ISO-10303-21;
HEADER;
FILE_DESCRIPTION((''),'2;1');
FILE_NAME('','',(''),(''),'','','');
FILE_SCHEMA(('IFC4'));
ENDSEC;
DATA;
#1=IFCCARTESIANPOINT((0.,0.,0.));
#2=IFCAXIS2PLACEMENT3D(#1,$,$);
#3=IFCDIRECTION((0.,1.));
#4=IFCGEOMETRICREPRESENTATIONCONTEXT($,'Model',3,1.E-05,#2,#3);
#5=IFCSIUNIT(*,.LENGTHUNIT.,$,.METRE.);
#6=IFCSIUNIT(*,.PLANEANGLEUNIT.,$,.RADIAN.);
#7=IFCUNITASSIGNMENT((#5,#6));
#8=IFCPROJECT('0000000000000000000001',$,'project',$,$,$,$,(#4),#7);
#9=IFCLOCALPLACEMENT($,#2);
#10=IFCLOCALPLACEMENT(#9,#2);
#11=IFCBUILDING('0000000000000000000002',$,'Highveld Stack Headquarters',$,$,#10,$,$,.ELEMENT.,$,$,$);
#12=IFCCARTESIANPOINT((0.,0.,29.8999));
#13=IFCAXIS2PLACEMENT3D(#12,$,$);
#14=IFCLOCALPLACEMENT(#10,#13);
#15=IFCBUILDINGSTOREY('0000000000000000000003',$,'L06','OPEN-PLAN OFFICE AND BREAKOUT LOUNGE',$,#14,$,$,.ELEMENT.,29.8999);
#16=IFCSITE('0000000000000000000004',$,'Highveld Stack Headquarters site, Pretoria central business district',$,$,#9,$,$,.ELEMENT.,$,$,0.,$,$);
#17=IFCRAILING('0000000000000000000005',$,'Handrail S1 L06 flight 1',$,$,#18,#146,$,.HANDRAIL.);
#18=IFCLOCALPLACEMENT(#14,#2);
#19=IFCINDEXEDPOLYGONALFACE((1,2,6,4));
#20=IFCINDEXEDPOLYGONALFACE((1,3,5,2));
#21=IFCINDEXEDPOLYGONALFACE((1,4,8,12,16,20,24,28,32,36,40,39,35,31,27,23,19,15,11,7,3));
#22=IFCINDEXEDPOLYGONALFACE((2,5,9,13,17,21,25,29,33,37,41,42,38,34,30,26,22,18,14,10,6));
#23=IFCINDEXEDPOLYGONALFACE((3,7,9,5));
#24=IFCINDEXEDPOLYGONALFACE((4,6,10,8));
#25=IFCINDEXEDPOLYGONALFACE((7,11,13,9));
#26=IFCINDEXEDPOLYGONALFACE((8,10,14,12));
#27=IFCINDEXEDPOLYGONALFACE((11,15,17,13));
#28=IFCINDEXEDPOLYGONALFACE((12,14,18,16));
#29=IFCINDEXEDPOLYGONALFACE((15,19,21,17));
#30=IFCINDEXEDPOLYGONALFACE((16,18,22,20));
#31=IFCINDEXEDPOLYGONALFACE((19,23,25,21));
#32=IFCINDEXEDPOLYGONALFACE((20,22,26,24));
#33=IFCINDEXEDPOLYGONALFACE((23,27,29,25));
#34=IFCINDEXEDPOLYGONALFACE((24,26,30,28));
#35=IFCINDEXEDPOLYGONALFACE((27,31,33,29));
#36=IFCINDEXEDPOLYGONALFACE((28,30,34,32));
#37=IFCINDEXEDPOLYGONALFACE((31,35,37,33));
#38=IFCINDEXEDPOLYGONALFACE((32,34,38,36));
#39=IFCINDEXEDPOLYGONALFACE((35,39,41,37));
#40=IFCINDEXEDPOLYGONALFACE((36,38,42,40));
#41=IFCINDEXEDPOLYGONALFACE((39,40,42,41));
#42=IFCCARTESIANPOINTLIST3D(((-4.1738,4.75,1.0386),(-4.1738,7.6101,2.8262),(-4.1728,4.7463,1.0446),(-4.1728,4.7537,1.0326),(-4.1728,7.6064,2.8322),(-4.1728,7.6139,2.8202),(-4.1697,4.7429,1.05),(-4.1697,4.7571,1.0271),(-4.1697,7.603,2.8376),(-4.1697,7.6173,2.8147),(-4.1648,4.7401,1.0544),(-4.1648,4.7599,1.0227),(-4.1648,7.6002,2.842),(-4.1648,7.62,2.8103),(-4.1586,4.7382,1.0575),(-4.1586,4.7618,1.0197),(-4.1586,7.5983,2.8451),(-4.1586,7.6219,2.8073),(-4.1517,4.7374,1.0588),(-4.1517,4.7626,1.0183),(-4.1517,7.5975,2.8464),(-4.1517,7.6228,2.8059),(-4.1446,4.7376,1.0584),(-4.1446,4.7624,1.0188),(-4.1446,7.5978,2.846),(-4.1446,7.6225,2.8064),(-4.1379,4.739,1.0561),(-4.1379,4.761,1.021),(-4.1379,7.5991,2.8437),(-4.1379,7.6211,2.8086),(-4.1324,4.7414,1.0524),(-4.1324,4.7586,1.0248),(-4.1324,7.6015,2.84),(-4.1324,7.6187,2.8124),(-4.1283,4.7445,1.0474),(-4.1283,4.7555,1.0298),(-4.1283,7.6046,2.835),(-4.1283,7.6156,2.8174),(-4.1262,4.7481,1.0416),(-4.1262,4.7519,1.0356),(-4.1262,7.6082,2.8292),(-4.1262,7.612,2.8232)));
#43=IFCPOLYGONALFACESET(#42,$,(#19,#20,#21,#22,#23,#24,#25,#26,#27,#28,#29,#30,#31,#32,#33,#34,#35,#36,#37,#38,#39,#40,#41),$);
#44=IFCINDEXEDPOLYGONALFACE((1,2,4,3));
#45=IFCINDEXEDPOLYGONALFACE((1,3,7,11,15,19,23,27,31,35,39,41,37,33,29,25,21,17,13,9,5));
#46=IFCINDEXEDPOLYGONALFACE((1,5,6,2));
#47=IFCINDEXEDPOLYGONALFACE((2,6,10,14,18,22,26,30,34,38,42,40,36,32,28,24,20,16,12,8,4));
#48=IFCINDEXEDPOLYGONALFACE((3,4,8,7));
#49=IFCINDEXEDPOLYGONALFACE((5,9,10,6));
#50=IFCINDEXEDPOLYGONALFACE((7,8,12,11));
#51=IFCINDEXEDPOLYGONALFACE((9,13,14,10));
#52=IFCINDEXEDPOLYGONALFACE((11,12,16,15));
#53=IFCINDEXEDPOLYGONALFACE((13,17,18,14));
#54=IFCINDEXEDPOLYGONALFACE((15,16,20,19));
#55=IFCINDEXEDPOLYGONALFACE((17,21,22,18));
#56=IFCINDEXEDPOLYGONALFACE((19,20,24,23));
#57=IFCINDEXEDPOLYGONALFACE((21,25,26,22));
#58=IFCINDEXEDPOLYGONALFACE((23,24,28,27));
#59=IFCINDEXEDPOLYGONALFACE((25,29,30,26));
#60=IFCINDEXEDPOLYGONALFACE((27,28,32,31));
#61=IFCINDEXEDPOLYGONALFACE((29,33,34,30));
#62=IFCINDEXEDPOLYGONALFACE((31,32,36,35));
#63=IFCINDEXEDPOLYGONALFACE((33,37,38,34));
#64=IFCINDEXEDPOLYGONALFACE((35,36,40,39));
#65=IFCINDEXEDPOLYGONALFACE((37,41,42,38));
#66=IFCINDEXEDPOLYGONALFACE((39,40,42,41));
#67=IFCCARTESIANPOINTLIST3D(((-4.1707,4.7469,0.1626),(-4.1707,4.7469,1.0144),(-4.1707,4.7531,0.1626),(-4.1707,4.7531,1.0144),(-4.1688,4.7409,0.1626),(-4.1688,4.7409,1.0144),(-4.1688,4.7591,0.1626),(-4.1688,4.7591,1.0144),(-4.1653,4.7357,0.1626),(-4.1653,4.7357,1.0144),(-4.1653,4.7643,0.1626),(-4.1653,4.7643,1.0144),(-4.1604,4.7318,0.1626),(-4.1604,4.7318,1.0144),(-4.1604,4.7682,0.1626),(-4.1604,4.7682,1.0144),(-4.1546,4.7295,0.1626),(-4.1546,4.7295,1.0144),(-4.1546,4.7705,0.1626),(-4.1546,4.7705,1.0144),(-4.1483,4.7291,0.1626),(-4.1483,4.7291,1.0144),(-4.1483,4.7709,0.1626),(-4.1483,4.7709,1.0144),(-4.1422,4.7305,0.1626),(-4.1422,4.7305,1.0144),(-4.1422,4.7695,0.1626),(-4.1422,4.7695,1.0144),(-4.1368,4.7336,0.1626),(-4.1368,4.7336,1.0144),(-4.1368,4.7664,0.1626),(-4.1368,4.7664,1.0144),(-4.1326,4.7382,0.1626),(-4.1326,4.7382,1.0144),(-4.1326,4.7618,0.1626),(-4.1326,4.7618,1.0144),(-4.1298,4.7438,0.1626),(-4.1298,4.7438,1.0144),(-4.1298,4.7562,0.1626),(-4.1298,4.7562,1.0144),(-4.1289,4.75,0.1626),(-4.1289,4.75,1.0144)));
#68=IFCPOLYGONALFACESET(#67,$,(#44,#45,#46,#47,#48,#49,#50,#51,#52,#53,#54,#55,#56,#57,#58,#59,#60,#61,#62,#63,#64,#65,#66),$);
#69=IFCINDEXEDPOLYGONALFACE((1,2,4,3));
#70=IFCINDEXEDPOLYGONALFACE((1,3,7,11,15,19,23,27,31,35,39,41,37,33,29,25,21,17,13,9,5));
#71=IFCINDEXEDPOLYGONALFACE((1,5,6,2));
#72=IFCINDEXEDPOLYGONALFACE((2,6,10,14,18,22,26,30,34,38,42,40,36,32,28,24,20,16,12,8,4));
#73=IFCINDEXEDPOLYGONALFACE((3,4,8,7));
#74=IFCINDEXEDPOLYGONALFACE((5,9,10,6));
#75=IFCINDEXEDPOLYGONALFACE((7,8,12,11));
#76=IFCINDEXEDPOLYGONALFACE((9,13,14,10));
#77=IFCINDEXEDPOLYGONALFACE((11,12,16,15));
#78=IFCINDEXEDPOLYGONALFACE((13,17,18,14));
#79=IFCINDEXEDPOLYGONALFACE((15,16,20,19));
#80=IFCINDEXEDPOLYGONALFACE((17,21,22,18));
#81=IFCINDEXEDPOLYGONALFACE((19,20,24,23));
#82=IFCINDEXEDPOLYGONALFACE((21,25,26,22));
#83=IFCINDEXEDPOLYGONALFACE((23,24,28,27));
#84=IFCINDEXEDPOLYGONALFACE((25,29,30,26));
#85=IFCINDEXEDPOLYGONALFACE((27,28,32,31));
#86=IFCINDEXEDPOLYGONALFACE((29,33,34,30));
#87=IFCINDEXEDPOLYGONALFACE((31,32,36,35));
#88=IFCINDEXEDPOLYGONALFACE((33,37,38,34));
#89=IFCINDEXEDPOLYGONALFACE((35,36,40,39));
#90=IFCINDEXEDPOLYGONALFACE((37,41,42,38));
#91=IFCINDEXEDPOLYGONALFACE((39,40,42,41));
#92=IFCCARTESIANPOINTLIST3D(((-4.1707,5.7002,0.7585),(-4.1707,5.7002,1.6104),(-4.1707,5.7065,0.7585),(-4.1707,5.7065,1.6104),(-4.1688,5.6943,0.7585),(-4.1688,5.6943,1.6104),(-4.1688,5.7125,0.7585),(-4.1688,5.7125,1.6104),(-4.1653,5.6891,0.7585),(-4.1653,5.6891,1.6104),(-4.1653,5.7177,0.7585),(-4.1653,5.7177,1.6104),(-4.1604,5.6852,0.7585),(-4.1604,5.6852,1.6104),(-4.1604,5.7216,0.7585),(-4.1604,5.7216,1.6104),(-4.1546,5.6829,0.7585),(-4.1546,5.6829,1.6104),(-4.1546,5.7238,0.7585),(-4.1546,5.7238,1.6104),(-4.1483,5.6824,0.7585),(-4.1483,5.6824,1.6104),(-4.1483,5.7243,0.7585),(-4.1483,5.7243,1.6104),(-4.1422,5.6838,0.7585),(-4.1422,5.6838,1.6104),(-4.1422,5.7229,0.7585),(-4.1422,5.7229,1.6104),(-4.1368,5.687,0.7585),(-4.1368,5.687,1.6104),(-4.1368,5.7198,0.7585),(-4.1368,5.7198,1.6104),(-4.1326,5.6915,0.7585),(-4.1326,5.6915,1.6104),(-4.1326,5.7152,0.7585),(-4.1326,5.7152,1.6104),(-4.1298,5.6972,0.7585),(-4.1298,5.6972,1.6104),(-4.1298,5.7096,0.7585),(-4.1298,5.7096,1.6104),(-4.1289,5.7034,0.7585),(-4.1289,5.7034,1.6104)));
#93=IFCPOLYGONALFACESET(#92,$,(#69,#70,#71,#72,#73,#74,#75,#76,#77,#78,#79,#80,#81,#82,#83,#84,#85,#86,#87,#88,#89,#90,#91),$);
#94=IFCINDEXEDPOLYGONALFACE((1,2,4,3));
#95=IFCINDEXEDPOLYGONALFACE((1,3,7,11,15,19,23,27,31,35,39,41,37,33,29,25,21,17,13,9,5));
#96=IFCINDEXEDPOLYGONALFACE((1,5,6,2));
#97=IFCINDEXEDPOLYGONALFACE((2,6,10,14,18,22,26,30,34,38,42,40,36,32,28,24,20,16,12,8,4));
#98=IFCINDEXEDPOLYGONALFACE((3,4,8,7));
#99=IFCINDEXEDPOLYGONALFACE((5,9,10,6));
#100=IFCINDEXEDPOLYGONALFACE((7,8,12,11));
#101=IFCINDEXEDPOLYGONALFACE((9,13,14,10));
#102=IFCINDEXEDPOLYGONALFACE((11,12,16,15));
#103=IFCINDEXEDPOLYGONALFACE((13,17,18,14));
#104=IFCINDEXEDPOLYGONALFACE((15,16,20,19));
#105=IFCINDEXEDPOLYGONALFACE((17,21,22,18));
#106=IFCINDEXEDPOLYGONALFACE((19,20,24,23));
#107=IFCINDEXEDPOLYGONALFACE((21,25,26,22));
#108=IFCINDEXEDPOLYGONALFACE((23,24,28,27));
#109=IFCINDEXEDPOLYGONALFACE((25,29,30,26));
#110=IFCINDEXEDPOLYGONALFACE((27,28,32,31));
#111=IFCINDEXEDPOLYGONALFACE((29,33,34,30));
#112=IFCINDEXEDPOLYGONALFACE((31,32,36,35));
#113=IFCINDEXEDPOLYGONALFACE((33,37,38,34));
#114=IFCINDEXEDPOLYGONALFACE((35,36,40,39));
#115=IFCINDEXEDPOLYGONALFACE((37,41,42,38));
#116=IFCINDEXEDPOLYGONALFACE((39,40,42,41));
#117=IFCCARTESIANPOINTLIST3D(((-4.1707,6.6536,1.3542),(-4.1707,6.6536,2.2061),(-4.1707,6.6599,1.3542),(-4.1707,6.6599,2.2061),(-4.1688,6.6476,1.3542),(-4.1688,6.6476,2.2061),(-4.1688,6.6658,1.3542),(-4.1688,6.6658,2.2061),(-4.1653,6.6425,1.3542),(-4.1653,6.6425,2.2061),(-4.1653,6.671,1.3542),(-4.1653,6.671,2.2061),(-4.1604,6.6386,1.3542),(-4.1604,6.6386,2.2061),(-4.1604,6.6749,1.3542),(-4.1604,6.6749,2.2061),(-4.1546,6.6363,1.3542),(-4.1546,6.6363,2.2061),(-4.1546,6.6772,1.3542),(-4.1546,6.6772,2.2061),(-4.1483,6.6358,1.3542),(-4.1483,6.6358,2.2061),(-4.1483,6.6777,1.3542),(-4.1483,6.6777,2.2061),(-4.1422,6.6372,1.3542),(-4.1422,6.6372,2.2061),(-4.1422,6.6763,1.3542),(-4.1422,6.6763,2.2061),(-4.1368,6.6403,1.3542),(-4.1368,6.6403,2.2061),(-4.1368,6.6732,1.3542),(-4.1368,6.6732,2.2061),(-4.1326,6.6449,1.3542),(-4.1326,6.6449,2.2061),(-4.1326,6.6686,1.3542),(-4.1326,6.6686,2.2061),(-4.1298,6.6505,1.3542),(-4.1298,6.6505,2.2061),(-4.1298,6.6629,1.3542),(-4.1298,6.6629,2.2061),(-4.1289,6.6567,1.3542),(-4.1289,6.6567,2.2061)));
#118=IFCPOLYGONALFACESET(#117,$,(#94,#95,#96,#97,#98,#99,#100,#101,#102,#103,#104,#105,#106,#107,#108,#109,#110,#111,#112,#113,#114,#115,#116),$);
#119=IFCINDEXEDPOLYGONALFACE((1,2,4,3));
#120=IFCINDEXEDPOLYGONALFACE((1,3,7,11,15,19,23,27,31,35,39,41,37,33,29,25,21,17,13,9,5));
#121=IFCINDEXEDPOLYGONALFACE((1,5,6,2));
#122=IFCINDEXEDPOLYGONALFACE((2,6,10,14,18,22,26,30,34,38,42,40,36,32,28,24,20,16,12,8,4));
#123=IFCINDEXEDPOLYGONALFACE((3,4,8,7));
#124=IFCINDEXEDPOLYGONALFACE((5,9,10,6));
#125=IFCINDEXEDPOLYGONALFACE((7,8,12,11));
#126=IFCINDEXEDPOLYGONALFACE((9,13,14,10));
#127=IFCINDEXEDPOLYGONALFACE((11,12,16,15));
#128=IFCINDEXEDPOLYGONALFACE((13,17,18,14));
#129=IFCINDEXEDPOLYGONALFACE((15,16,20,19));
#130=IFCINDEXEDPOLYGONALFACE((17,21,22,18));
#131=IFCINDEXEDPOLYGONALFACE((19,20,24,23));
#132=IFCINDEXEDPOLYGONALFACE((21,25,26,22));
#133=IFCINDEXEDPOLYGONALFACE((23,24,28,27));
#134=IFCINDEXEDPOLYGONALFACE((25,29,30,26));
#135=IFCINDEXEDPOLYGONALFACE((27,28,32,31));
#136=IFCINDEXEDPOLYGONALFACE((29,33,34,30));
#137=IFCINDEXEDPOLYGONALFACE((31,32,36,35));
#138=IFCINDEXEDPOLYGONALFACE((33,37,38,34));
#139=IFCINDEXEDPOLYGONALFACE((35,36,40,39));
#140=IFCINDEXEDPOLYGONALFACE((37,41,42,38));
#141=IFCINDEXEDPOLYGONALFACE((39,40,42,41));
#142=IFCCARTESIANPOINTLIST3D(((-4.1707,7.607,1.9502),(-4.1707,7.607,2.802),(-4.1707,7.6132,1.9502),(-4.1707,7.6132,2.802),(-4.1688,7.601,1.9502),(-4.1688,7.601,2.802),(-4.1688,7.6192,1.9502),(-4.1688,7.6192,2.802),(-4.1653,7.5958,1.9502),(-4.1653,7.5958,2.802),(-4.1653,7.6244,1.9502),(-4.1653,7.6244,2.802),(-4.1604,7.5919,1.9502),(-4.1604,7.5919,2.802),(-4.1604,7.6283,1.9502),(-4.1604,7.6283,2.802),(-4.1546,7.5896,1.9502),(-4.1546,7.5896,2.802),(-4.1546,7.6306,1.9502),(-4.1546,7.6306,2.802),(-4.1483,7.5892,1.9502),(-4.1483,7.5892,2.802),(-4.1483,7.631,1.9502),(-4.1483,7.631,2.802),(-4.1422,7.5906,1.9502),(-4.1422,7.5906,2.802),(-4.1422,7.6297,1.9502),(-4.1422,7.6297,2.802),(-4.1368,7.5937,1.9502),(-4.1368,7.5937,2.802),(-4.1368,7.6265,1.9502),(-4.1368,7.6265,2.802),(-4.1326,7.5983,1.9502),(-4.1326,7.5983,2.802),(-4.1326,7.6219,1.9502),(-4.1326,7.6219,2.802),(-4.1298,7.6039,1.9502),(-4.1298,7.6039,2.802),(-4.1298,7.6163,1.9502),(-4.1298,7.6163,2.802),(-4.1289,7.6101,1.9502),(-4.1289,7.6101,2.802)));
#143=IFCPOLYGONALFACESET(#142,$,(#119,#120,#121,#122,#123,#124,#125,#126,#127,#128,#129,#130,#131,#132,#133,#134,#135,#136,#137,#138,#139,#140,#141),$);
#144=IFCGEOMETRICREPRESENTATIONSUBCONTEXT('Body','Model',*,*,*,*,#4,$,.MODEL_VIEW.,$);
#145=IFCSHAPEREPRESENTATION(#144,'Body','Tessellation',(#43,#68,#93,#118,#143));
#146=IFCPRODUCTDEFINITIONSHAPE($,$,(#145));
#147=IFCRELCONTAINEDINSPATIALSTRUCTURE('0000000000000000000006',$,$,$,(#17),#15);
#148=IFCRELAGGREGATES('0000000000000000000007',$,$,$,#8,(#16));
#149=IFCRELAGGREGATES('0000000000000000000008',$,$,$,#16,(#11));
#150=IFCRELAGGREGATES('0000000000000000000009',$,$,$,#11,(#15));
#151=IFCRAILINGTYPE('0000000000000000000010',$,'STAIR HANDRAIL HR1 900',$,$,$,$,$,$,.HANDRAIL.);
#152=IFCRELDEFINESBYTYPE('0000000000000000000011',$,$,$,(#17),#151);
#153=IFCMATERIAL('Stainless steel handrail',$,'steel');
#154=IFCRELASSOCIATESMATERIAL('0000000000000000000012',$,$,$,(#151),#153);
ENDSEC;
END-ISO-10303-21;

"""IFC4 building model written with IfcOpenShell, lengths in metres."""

from ifc_helpers import new_model, si_unit, direction, frame, origin, origin_2d, place, context, subcontext, project, spatial, circle, extrude, material, type_object, element, save


model = new_model("IFC4")

# Units and contexts
model_context = context("Model", 3, precision=1e-05, world=origin(), true_north=direction((0.0, 1.0)))
body_context = subcontext(model_context, "Body", "Model", "MODEL_VIEW")
ifc_project = project(units=[si_unit("LENGTHUNIT", "METRE"), si_unit("PLANEANGLEUNIT", "RADIAN")], contexts=[model_context])

# Site, building, storey
site_placement = place(None, origin())
site = spatial("IfcSite", under=ifc_project, at=site_placement, Name="Highveld Stack Headquarters site, Pretoria central business district", CompositionType="ELEMENT", RefElevation=0.0)
building_placement = place(site_placement, origin())
building = spatial("IfcBuilding", under=site, at=building_placement, Name="Highveld Stack Headquarters", CompositionType="ELEMENT")
storey_placement = place(building_placement, frame((0.0, 0.0, 29.8999)))
storey = spatial("IfcBuildingStorey", under=building, at=storey_placement, Name="L06", Description="OPEN-PLAN OFFICE AND BREAKOUT LOUNGE", CompositionType="ELEMENT", Elevation=29.8999)

# Railing
ifc_material_1 = material(Name="Stainless steel handrail", Category="steel")
railing_type = type_object("IfcRailingType", Name="STAIR HANDRAIL HR1 900", PredefinedType="HANDRAIL", material=ifc_material_1)
for number, where, name in (
    (1, (-4.1499, 4.75, 0.1626), "Handrail S1 L06 flight 1"),
):
    element("IfcRailing", number, at=place(storey_placement, frame(where)), inside=storey, type_object=railing_type, Name=name, PredefinedType="HANDRAIL", context=body_context, shape_type="SweptSolid", body=[
        extrude(circle(Radius=0.0239, at=origin_2d()), frame((0.0, 0.0, 0.876), z_axis=(0.0, 0.847994, 0.530005), x_axis=(-1.0, 0.0, 0.0)), (0.0, 0.0, 1.0), 3.3728),
        extrude(circle(Radius=0.021, at=origin_2d()), origin(), (0.0, 0.0, 1.0), 0.8518),
        extrude(circle(Radius=0.021, at=origin_2d()), frame((0.0, 0.9534, 0.5959)), (0.0, 0.0, 1.0), 0.8518),
        extrude(circle(Radius=0.021, at=origin_2d()), frame((0.0, 1.9067, 1.1917)), (0.0, 0.0, 1.0), 0.8518),
        extrude(circle(Radius=0.021, at=origin_2d()), frame((0.0, 2.8601, 1.7876)), (0.0, 0.0, 1.0), 0.8518),
    ])

save(model, "model.ifc")
